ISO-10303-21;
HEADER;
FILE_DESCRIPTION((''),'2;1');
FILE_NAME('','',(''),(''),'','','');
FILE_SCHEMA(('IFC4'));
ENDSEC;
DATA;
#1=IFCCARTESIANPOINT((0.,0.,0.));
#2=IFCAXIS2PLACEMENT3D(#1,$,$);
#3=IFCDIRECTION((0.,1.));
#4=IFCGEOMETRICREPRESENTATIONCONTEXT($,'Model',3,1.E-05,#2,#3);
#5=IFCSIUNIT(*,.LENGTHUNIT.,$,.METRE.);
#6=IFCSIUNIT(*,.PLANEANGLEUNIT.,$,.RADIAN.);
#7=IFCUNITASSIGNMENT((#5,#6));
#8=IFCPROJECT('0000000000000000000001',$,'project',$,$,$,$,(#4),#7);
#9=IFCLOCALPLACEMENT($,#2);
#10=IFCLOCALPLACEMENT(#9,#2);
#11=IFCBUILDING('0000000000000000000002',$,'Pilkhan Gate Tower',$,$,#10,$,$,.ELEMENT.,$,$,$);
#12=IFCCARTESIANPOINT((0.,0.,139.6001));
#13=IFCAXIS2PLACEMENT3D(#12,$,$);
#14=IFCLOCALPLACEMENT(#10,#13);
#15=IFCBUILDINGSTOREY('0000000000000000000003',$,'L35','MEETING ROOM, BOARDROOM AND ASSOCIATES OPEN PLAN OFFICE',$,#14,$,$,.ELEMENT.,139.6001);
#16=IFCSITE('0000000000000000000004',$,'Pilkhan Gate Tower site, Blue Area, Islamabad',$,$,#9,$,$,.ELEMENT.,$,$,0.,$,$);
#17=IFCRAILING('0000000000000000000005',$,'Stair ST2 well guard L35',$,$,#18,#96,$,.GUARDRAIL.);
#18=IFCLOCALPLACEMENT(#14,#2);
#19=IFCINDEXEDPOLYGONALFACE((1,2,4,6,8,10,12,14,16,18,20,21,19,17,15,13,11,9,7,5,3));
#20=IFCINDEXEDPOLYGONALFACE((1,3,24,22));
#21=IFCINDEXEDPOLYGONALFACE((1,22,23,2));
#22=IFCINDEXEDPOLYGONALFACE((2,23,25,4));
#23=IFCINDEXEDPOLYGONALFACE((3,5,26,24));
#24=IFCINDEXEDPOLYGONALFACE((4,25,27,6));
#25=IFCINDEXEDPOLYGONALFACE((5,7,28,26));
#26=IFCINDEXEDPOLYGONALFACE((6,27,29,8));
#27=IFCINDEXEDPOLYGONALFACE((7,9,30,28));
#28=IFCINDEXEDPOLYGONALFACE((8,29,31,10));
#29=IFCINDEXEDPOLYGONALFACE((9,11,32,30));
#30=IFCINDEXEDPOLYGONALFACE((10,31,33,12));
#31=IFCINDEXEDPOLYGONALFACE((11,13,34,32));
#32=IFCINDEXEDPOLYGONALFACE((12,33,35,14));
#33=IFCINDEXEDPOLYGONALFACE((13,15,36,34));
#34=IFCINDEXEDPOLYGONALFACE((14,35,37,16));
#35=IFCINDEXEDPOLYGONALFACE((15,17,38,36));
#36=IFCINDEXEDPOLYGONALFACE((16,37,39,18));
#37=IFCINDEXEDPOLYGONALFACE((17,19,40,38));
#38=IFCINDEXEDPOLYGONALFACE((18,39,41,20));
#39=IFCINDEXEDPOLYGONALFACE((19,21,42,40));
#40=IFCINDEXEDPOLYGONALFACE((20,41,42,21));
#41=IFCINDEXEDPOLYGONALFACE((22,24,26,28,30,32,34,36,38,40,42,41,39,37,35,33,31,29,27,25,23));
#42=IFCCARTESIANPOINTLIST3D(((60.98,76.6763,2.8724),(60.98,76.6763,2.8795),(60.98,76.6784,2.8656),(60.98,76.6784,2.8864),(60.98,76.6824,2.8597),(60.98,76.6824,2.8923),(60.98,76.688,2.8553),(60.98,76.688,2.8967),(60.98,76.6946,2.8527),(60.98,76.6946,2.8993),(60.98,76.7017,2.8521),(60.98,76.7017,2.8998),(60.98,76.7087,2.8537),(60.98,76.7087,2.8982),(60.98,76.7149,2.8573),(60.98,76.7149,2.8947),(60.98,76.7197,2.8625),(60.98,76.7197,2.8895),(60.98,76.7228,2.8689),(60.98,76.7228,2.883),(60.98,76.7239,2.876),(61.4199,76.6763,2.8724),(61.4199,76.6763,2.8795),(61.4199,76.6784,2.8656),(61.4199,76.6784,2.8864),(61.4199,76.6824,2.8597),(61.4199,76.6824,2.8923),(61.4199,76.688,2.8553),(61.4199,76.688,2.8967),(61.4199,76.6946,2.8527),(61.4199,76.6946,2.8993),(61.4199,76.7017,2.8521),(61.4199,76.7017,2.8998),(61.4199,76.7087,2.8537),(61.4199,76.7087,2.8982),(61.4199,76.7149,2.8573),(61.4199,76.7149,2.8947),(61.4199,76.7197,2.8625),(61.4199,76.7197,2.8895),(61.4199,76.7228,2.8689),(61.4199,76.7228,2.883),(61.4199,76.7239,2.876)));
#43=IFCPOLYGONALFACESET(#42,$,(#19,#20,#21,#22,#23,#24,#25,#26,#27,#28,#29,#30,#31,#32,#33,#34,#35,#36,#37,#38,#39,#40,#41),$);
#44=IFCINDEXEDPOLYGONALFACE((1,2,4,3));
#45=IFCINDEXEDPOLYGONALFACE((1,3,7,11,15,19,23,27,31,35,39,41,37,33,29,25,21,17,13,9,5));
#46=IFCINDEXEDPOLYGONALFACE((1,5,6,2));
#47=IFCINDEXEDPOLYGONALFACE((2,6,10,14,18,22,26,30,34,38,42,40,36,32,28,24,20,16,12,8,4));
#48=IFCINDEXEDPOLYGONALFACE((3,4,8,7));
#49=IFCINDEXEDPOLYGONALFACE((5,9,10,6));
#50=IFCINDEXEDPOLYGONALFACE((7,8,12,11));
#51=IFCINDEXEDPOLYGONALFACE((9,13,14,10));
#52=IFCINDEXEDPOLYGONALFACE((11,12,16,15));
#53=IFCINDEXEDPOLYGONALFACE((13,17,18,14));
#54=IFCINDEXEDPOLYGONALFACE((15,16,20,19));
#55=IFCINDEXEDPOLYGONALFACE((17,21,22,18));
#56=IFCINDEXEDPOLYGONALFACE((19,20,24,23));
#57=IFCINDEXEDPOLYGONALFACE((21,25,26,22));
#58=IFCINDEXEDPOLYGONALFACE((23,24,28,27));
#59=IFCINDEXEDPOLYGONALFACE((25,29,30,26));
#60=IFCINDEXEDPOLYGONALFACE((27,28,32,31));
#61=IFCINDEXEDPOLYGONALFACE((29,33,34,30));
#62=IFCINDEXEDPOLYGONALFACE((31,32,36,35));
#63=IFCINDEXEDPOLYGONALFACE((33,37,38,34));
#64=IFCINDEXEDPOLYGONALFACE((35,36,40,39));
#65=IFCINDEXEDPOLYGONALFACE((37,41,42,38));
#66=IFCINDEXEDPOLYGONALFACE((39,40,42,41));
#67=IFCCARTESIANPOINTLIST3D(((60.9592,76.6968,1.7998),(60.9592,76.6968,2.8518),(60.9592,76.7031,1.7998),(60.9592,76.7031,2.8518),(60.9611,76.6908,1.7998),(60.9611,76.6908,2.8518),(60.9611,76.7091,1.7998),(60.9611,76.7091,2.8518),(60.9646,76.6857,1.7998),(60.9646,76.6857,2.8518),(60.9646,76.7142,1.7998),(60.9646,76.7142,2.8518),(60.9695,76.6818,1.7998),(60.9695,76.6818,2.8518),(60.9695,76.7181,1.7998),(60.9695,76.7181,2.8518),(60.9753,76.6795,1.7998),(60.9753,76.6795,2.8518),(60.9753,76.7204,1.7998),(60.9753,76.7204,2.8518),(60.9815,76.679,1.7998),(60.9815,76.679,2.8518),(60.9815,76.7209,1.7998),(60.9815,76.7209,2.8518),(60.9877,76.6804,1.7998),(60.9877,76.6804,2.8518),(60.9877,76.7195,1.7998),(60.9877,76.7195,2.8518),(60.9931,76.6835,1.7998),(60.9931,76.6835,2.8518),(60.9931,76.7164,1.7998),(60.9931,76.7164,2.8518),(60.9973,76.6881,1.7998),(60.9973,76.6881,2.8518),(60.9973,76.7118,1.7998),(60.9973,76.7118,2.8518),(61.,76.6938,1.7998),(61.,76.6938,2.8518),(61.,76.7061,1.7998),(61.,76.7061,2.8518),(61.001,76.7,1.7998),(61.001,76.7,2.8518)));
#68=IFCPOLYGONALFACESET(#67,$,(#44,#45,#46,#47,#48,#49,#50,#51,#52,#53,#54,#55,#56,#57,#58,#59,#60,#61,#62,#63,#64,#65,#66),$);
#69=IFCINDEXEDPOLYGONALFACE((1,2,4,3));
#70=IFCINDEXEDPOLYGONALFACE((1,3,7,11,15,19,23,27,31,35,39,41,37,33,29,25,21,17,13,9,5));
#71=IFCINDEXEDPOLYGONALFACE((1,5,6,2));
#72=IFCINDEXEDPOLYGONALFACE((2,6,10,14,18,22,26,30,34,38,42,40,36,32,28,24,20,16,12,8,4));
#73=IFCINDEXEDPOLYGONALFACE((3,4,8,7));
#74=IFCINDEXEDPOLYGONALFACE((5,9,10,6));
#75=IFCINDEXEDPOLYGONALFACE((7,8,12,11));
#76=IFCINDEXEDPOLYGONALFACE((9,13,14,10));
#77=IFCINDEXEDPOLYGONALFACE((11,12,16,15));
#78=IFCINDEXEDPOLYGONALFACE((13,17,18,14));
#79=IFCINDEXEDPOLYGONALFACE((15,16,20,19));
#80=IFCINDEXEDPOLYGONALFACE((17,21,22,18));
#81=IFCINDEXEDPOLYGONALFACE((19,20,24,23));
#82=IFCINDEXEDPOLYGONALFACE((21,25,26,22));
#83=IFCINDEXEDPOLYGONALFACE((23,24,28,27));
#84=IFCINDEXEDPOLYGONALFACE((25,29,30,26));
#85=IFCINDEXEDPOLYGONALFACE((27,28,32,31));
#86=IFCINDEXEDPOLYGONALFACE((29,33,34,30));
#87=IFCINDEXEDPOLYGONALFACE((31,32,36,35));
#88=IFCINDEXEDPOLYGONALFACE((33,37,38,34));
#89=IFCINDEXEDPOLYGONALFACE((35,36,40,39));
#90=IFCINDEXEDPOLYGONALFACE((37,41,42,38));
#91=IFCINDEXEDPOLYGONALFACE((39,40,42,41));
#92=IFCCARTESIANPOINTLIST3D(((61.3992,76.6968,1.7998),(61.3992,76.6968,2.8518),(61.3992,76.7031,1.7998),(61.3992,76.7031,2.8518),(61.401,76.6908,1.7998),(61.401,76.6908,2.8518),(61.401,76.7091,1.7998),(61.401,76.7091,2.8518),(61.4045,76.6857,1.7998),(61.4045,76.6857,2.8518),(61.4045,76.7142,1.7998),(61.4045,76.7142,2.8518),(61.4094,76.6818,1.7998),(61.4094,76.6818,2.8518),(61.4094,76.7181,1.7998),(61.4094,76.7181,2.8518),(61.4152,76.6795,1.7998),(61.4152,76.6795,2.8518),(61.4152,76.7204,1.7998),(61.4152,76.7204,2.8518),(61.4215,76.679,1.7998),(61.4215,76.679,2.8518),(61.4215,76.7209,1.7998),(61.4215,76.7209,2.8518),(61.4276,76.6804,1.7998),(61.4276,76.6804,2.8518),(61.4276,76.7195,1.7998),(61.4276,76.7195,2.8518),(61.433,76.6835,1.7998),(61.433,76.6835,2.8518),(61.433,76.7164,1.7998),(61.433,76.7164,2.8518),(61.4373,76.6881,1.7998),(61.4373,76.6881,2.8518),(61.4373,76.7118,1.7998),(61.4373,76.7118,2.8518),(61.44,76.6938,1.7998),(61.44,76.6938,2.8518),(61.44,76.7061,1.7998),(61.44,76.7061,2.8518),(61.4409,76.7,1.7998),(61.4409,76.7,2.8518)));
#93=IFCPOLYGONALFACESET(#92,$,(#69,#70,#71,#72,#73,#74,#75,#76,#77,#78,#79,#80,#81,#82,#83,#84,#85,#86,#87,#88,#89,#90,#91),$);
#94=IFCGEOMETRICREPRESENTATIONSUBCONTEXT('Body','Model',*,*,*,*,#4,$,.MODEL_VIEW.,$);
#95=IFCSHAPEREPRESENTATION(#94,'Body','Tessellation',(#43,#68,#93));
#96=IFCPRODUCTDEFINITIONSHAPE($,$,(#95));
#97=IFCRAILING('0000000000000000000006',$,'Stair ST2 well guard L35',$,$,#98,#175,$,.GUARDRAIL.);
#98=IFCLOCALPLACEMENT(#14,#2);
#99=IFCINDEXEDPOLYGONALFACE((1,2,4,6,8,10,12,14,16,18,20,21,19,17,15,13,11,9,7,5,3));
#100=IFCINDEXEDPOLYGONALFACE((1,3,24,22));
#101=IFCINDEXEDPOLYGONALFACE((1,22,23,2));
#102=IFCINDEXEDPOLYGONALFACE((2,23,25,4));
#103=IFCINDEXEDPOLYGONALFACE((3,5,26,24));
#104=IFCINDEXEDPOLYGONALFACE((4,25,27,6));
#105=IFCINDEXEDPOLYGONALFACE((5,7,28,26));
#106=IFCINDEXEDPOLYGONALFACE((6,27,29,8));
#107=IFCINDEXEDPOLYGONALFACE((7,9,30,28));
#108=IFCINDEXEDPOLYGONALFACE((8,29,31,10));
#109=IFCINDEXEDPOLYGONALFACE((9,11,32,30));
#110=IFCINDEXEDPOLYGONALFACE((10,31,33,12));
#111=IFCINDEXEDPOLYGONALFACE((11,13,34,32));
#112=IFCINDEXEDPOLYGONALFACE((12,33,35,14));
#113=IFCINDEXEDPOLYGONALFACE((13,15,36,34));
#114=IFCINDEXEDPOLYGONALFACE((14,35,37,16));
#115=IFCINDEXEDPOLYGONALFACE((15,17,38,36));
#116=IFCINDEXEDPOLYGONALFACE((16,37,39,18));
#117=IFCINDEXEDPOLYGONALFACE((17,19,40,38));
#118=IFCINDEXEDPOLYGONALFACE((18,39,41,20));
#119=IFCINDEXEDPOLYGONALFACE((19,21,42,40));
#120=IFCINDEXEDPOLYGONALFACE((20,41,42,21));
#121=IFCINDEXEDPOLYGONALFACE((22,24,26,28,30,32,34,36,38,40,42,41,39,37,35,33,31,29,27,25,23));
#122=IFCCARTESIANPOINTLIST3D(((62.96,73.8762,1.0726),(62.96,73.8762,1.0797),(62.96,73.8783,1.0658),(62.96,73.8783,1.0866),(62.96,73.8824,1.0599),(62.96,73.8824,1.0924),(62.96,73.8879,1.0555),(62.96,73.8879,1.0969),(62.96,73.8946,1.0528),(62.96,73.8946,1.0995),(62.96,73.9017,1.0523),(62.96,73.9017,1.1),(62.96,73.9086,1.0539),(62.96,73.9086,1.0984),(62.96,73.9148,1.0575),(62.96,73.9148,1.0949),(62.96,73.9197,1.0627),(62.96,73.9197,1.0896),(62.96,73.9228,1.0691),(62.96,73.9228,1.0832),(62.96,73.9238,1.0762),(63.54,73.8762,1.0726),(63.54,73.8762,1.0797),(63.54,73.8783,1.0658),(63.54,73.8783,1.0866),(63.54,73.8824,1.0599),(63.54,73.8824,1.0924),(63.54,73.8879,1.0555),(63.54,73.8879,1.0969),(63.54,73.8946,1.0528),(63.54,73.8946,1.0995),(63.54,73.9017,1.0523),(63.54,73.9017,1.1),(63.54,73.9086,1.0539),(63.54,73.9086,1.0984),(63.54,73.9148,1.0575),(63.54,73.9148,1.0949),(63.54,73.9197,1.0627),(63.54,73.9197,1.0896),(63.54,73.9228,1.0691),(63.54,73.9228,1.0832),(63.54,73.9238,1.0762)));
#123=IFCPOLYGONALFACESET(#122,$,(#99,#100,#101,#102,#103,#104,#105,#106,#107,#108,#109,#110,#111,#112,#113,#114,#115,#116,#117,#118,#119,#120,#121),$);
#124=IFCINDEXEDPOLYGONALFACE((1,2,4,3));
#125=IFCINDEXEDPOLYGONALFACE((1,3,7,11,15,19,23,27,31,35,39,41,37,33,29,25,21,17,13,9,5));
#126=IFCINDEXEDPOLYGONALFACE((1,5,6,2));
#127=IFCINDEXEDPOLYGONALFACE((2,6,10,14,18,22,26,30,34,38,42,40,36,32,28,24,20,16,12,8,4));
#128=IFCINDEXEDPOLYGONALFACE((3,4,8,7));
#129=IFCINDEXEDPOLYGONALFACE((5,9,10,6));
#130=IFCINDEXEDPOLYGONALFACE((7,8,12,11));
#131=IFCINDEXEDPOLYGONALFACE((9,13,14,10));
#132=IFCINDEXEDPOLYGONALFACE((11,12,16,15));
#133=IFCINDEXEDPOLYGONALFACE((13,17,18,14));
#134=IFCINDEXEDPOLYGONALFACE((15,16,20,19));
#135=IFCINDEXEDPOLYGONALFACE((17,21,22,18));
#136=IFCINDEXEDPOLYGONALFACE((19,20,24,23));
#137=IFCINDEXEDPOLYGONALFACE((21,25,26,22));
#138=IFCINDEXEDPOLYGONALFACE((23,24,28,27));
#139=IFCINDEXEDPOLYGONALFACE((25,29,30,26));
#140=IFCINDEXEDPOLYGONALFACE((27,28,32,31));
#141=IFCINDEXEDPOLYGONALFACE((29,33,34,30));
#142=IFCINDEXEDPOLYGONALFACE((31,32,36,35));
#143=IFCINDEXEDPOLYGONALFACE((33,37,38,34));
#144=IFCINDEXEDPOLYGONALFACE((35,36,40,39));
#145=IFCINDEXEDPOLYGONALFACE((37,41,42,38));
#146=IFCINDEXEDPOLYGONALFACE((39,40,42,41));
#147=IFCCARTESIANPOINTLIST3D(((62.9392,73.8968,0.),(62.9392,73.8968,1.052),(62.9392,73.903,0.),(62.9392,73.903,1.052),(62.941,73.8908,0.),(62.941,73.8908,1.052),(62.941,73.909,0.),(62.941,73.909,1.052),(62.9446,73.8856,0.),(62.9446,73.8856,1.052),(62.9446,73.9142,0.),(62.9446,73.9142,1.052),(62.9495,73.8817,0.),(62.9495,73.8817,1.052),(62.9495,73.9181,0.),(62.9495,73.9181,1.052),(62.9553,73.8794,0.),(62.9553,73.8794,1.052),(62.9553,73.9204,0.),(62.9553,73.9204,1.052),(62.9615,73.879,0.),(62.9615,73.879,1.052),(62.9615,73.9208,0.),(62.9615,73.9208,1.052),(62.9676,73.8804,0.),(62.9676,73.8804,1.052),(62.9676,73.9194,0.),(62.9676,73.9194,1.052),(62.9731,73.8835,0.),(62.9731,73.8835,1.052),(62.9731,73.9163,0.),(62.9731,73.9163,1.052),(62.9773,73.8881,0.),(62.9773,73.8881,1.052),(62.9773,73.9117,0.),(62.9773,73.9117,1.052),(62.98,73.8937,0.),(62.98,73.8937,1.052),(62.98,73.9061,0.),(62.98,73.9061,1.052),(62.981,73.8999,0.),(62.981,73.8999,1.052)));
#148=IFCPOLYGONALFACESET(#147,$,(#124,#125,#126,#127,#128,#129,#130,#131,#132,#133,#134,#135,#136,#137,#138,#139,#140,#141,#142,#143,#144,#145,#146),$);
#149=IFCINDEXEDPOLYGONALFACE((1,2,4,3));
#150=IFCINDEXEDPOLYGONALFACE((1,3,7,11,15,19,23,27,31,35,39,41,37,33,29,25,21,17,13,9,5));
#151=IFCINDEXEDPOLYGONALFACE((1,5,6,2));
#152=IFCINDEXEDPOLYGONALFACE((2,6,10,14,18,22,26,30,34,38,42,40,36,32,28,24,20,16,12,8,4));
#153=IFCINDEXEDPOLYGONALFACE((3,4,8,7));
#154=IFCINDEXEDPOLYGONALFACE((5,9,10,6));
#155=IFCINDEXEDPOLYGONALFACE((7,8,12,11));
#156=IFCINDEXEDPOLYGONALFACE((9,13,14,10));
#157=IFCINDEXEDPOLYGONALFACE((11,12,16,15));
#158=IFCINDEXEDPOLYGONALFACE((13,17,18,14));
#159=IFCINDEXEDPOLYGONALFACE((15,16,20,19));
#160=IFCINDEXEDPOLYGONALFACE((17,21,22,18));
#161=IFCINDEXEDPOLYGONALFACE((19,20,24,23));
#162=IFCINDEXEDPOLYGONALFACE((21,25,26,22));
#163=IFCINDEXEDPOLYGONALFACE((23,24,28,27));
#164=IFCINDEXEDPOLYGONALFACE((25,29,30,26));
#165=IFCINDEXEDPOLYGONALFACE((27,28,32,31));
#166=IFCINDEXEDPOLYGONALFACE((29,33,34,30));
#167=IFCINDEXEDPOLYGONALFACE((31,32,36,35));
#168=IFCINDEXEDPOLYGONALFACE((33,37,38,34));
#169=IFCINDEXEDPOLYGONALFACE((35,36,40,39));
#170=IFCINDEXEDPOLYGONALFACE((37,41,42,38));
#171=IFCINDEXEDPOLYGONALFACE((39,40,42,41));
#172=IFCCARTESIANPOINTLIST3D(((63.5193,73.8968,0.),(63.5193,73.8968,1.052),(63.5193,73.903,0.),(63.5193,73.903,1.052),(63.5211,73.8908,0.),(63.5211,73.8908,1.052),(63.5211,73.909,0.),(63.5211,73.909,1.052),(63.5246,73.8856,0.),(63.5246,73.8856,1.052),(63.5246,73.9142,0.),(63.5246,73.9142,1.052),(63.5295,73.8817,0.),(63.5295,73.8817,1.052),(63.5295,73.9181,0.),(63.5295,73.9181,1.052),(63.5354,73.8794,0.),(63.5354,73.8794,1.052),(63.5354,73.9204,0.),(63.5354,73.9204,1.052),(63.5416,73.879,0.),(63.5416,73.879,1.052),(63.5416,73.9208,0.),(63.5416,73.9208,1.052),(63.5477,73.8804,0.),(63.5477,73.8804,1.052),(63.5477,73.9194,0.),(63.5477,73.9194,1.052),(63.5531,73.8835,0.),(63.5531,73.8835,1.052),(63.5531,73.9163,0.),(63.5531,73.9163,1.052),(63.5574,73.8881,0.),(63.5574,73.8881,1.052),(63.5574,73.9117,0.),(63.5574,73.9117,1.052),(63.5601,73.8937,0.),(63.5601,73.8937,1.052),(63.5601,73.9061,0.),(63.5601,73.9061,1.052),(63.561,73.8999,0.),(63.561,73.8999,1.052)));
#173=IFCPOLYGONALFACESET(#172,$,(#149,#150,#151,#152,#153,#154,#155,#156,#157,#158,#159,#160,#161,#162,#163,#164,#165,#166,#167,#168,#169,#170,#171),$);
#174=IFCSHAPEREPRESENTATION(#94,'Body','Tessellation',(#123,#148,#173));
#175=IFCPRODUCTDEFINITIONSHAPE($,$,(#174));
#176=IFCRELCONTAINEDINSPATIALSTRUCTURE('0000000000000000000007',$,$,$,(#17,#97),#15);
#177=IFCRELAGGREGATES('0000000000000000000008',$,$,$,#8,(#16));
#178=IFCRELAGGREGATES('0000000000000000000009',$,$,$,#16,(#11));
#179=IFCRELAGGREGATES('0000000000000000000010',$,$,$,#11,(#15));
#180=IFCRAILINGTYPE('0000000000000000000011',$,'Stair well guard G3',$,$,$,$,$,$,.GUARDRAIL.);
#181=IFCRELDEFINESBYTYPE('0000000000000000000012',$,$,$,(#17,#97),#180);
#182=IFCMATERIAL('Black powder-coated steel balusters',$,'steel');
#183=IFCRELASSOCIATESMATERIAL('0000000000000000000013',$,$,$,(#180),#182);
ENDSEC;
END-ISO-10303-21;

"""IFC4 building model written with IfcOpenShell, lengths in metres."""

from ifc_helpers import new_model, si_unit, direction, frame, origin, origin_2d, place, context, subcontext, project, spatial, circle, extrude, material, type_object, element, save


model = new_model("IFC4")

# Units and contexts
model_context = context("Model", 3, precision=1e-05, world=origin(), true_north=direction((0.0, 1.0)))
body_context = subcontext(model_context, "Body", "Model", "MODEL_VIEW")
ifc_project = project(units=[si_unit("LENGTHUNIT", "METRE"), si_unit("PLANEANGLEUNIT", "RADIAN")], contexts=[model_context])

# Site, building, storey
site_placement = place(None, origin())
site = spatial("IfcSite", under=ifc_project, at=site_placement, Name="Pilkhan Gate Tower site, Blue Area, Islamabad", CompositionType="ELEMENT", RefElevation=0.0)
building_placement = place(site_placement, origin())
building = spatial("IfcBuilding", under=site, at=building_placement, Name="Pilkhan Gate Tower", CompositionType="ELEMENT")
storey_placement = place(building_placement, frame((0.0, 0.0, 139.6001)))
storey = spatial("IfcBuildingStorey", under=building, at=storey_placement, Name="L35", Description="MEETING ROOM, BOARDROOM AND ASSOCIATES OPEN PLAN OFFICE", CompositionType="ELEMENT", Elevation=139.6001)

# Railings
ifc_material_1 = material(Name="Black powder-coated steel balusters", Category="steel")
railing_type_1 = type_object("IfcRailingType", Name="Stair well guard G3", PredefinedType="GUARDRAIL", material=ifc_material_1)
railing_1_placement = place(storey_placement, frame((60.98, 76.7, 1.7998)))
element("IfcRailing", 1, at=railing_1_placement, inside=storey, type_object=railing_type_1, Name="Stair ST2 well guard L35", PredefinedType="GUARDRAIL", context=body_context, shape_type="SweptSolid", body=[
    extrude(circle(Radius=0.0239, at=origin_2d()), frame((0.0, 0.0, 1.0762), z_axis=(1.0, 0.0, 0.0), x_axis=(0.0, 1.0, 0.0)), (0.0, 0.0, 1.0), 0.4399),
    extrude(circle(Radius=0.021, at=origin_2d()), origin(), (0.0, 0.0, 1.0), 1.052),
    extrude(circle(Radius=0.021, at=origin_2d()), frame((0.4399, 0.0, 0.0)), (0.0, 0.0, 1.0), 1.052),
])
for number, where, name in (
    (2, (62.96, 73.8999, 0.0), "Stair ST2 well guard L35"),
):
    element("IfcRailing", number, at=place(storey_placement, frame(where)), inside=storey, type_object=railing_type_1, Name=name, PredefinedType="GUARDRAIL", context=body_context, shape_type="SweptSolid", body=[
        extrude(circle(Radius=0.0239, at=origin_2d()), frame((0.0, 0.0, 1.0762), z_axis=(1.0, 0.0, 0.0), x_axis=(0.0, 1.0, 0.0)), (0.0, 0.0, 1.0), 0.5801),
        extrude(circle(Radius=0.021, at=origin_2d()), origin(), (0.0, 0.0, 1.0), 1.052),
        extrude(circle(Radius=0.021, at=origin_2d()), frame((0.5801, 0.0, 0.0)), (0.0, 0.0, 1.0), 1.052),
    ])

save(model, "model.ifc")
